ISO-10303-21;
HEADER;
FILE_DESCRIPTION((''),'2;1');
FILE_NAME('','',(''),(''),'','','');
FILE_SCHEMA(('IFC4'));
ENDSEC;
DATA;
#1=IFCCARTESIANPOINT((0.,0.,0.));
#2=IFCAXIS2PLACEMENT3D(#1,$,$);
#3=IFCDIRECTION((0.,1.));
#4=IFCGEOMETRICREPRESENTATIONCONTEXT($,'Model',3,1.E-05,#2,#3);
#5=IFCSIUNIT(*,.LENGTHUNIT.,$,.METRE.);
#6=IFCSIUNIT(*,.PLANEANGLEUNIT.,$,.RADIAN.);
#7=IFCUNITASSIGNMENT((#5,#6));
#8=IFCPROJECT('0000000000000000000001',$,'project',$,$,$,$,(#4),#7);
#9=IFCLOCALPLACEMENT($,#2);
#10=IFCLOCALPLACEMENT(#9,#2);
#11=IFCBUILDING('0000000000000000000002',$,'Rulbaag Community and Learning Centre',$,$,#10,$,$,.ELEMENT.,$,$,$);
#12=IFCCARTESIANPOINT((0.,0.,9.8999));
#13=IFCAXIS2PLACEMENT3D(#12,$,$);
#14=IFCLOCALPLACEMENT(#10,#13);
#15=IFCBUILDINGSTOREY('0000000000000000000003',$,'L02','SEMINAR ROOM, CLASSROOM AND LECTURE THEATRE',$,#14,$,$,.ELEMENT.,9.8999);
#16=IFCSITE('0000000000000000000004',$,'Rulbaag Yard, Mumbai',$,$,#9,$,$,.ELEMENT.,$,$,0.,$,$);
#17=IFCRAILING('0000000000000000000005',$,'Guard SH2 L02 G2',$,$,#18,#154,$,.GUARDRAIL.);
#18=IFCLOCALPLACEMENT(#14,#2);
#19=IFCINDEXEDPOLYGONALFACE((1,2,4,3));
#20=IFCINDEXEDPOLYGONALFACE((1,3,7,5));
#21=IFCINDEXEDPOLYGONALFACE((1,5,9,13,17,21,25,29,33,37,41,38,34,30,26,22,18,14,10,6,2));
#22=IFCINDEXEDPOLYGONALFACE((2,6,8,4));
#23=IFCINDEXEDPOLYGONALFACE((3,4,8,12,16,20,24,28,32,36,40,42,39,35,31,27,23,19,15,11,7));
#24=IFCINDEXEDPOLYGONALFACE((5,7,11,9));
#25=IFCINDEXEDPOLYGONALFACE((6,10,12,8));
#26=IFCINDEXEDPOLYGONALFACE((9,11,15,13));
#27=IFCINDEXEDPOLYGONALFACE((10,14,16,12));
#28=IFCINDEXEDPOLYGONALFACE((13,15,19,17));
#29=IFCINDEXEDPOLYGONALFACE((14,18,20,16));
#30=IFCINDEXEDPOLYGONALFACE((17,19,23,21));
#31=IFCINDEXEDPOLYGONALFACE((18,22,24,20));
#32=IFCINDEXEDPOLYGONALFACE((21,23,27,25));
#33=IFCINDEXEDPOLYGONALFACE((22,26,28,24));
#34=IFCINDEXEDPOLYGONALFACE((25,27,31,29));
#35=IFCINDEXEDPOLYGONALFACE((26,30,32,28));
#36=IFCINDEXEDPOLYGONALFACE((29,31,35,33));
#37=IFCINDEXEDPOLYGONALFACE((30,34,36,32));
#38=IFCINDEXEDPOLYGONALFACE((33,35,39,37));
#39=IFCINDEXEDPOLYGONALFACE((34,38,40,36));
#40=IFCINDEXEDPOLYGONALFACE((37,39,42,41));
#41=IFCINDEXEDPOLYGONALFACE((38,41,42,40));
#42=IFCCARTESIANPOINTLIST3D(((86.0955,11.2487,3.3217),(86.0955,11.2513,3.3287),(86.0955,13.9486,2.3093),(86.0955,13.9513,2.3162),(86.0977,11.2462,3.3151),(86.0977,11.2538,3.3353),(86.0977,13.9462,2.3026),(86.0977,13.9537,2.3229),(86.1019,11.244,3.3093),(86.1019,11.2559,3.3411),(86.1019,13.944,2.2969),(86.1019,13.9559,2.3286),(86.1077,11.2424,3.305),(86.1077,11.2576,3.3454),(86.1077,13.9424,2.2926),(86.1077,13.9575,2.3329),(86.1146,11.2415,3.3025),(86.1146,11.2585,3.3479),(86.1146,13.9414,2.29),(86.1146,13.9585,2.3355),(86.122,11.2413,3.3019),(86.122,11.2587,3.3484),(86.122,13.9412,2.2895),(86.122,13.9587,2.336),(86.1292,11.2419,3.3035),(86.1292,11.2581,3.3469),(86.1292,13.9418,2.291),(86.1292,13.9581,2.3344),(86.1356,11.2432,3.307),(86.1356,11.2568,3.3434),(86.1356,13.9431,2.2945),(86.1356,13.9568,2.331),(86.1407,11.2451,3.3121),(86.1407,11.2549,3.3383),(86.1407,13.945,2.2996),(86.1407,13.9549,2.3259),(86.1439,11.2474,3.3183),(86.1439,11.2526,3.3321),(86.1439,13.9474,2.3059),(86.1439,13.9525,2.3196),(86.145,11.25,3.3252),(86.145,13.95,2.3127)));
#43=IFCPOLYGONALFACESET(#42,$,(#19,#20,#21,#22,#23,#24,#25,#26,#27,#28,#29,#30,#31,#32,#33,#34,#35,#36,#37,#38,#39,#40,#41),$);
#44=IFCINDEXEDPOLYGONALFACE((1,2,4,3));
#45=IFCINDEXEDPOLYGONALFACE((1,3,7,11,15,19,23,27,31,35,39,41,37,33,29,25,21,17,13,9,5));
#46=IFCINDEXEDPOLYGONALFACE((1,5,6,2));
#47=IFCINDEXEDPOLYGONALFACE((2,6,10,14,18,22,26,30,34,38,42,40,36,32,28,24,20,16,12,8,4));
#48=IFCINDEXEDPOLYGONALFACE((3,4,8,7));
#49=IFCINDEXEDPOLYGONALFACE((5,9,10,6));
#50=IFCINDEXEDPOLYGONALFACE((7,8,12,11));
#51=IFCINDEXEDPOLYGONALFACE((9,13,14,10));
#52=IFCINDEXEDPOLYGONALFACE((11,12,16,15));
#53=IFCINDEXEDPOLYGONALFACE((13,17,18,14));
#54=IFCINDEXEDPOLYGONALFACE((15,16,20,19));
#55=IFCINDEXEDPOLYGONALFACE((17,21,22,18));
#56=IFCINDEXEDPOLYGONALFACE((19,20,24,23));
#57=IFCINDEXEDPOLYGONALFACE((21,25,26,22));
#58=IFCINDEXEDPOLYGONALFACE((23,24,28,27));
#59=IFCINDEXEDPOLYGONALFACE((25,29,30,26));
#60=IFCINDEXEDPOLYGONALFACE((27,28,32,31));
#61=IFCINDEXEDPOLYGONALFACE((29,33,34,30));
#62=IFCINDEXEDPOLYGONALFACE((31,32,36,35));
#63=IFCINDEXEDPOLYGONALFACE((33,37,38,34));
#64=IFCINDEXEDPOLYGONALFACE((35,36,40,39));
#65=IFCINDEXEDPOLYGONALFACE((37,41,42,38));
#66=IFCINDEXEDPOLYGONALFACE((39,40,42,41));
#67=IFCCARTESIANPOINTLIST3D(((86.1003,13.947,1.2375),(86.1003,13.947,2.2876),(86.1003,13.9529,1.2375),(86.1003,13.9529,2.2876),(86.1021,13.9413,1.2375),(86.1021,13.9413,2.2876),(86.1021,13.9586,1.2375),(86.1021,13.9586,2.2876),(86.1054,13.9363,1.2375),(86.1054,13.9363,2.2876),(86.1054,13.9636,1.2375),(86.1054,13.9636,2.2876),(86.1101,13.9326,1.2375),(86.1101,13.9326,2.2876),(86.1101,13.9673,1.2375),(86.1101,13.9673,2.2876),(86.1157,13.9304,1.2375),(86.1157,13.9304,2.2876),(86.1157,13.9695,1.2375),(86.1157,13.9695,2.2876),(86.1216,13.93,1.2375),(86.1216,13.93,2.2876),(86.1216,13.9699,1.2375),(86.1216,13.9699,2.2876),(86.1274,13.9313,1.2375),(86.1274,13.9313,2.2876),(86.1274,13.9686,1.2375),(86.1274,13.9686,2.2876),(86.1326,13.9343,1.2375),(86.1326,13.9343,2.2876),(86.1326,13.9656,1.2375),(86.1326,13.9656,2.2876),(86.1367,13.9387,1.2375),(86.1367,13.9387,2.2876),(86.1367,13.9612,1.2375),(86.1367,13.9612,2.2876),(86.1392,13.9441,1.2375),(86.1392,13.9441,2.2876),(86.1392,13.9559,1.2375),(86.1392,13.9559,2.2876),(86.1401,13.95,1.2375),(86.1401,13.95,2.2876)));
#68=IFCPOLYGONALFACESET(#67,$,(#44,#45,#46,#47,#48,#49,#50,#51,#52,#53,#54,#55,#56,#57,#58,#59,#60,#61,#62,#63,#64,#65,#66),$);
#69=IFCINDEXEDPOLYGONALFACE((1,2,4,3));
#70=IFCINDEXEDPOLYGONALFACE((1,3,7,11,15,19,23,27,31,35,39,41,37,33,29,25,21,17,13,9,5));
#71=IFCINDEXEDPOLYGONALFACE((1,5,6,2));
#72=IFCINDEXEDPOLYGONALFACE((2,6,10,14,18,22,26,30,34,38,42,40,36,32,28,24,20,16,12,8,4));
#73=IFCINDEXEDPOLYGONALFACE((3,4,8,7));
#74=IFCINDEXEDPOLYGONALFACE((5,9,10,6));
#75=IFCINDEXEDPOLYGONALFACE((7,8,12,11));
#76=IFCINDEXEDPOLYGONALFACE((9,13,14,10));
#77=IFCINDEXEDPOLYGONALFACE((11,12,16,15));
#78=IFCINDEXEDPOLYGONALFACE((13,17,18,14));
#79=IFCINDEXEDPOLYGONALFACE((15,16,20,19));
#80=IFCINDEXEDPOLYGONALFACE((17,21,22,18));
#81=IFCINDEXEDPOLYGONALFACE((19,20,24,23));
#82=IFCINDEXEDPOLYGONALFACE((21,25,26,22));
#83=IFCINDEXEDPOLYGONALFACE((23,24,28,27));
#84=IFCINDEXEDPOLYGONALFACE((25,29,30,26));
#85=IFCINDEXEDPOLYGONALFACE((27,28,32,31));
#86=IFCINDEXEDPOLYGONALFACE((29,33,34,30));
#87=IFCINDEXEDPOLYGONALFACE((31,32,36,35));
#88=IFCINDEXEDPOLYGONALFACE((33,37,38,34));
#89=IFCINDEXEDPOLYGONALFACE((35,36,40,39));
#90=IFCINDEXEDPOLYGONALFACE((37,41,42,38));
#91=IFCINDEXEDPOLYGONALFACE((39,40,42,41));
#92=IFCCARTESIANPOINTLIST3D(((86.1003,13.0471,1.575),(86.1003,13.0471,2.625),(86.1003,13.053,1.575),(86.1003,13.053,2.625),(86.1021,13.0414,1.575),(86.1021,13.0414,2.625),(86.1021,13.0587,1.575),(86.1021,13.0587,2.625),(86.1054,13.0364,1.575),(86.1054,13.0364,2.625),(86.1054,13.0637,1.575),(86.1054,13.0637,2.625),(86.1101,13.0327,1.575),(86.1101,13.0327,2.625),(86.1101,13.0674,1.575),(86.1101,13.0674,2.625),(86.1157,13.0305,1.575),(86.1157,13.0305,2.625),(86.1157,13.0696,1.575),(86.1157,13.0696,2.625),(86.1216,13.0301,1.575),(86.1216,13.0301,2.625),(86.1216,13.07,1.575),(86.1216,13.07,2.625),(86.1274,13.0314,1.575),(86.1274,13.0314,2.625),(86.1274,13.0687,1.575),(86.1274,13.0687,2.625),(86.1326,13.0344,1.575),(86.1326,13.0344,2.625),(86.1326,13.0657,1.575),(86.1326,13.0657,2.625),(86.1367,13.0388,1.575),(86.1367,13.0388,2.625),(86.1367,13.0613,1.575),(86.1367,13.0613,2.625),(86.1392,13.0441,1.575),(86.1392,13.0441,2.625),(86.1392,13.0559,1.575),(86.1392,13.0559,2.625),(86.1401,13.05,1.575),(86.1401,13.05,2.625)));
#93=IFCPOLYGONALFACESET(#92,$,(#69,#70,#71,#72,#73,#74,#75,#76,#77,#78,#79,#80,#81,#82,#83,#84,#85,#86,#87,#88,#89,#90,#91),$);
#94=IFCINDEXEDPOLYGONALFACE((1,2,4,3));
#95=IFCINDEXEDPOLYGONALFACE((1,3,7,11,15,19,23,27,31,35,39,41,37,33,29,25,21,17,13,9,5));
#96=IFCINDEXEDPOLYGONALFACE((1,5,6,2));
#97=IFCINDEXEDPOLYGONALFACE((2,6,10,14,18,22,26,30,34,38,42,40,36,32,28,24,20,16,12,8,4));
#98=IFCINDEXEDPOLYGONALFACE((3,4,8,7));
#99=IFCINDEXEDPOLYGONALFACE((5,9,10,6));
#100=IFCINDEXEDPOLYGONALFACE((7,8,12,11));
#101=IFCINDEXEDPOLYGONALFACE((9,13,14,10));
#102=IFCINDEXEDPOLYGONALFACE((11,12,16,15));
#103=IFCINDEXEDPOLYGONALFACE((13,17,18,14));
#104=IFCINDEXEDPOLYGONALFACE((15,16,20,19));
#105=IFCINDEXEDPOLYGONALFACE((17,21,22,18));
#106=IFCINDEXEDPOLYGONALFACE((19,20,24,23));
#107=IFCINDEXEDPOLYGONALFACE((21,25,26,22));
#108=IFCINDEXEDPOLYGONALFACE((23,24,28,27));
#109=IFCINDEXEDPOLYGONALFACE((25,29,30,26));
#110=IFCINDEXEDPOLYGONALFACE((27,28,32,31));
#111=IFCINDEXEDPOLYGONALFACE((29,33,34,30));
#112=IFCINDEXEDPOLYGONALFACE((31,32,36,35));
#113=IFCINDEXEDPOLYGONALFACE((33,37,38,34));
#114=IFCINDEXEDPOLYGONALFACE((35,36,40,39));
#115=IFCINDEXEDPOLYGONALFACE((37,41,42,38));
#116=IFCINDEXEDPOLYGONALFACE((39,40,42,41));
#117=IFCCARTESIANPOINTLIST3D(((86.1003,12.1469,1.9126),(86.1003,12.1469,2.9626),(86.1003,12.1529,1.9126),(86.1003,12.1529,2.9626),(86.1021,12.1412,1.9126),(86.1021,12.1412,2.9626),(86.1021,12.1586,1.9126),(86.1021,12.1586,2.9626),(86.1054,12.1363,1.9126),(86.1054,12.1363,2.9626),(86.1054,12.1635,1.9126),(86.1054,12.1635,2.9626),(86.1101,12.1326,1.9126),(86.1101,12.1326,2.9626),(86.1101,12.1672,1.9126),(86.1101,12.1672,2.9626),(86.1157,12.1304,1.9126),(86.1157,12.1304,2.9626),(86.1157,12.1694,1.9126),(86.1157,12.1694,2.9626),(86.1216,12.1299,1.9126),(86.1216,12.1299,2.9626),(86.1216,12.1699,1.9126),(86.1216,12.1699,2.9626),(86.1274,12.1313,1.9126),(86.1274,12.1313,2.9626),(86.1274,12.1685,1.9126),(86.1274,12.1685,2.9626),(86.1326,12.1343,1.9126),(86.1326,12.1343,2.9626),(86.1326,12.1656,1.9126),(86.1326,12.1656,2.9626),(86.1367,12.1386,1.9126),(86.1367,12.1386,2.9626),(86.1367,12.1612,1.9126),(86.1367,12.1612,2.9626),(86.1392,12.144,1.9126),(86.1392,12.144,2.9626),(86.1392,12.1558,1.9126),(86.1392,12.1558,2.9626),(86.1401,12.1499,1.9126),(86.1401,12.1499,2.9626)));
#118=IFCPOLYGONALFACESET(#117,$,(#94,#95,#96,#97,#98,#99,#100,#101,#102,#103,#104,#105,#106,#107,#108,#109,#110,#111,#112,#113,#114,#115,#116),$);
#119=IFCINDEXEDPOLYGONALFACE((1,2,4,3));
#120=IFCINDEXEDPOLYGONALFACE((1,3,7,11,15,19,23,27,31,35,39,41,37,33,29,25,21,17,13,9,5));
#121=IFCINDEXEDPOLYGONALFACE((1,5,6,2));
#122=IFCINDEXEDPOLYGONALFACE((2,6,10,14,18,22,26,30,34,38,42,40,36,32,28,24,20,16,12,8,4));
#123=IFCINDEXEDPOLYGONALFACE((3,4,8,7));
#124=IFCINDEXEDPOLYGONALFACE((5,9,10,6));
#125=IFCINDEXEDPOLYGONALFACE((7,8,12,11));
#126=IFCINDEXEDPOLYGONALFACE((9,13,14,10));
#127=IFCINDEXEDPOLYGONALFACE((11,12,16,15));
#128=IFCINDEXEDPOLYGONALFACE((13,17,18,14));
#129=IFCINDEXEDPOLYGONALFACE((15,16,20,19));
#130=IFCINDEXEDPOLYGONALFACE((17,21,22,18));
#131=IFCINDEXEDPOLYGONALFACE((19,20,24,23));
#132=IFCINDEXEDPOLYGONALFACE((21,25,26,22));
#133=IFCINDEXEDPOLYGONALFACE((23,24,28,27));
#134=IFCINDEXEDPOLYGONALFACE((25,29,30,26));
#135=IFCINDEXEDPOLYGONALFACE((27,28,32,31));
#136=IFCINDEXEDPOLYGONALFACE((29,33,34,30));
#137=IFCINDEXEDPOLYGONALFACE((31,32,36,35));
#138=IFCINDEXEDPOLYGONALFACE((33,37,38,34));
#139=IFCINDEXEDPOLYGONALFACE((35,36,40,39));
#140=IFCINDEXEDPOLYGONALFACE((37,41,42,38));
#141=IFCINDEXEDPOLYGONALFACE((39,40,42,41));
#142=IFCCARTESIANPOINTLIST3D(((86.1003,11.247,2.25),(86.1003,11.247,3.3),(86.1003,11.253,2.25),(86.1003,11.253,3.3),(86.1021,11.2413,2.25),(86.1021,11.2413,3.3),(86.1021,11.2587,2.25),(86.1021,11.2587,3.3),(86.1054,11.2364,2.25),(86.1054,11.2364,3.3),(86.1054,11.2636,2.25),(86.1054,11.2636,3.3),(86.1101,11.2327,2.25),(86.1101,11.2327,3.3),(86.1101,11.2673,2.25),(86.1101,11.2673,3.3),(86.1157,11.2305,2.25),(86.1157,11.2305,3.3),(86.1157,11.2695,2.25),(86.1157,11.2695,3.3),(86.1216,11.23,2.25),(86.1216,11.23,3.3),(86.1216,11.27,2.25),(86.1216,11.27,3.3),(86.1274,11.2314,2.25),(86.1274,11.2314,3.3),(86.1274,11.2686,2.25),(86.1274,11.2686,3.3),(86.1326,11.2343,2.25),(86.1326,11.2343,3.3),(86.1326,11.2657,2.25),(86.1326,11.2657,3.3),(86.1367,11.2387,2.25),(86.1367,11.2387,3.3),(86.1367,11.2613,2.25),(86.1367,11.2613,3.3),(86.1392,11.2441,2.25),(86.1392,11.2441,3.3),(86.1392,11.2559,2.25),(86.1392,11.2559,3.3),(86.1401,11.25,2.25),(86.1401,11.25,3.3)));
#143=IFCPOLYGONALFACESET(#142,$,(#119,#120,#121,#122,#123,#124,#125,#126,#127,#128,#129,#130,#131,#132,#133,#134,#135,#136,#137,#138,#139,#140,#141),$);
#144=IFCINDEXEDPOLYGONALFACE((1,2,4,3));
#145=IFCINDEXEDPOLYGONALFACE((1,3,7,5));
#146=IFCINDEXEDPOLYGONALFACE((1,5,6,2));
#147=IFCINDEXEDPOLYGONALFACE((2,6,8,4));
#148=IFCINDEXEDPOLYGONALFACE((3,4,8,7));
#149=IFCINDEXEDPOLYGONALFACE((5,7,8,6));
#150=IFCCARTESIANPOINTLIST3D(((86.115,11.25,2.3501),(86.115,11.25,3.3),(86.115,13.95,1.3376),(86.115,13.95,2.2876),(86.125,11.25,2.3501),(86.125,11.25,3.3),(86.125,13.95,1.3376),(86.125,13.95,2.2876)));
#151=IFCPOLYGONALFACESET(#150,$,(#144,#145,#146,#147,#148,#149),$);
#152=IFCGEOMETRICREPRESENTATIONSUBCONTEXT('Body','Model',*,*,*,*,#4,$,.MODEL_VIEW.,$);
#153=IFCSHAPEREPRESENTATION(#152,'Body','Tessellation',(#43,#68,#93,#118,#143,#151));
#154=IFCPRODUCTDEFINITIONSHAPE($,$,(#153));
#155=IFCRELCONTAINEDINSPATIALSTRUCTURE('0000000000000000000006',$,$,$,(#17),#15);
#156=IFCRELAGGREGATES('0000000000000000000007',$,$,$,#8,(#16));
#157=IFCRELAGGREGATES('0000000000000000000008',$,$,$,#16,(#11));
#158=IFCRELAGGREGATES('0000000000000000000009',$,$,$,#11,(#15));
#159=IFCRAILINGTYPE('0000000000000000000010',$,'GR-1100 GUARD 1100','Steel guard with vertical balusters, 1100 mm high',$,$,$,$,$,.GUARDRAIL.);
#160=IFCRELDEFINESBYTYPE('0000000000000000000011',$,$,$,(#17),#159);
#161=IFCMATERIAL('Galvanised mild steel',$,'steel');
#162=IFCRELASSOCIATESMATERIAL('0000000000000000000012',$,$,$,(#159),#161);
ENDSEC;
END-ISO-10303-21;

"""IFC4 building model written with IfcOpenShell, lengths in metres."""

from ifc_helpers import new_model, si_unit, direction, frame, origin, origin_2d, place, context, subcontext, project, spatial, polyline, circle, outline, extrude, material, type_object, element, save


model = new_model("IFC4")

# Units and contexts
model_context = context("Model", 3, precision=1e-05, world=origin(), true_north=direction((0.0, 1.0)))
body_context = subcontext(model_context, "Body", "Model", "MODEL_VIEW")
ifc_project = project(units=[si_unit("LENGTHUNIT", "METRE"), si_unit("PLANEANGLEUNIT", "RADIAN")], contexts=[model_context])

# Site, building, storey
site_placement = place(None, origin())
site = spatial("IfcSite", under=ifc_project, at=site_placement, Name="Rulbaag Yard, Mumbai", CompositionType="ELEMENT", RefElevation=0.0)
building_placement = place(site_placement, origin())
building = spatial("IfcBuilding", under=site, at=building_placement, Name="Rulbaag Community and Learning Centre", CompositionType="ELEMENT")
storey_placement = place(building_placement, frame((0.0, 0.0, 9.8999)))
storey = spatial("IfcBuildingStorey", under=building, at=storey_placement, Name="L02", Description="SEMINAR ROOM, CLASSROOM AND LECTURE THEATRE", CompositionType="ELEMENT", Elevation=9.8999)

# Railing
ifc_material_1 = material(Name="Galvanised mild steel", Category="steel")
railing_type_1 = type_object("IfcRailingType", Name="GR-1100 GUARD 1100", Description="Steel guard with vertical balusters, 1100 mm high", PredefinedType="GUARDRAIL", material=ifc_material_1)
railing_1_placement = place(storey_placement, frame((86.1201, 13.95, 1.2375)))
element("IfcRailing", 1, at=railing_1_placement, inside=storey, type_object=railing_type_1, Name="Guard SH2 L02 G2", PredefinedType="GUARDRAIL", context=body_context, shape_type="SweptSolid", body=[
    extrude(circle(Radius=0.0249, at=origin_2d()), frame((0.0, 0.0, 1.0752), z_axis=(0.0, -0.936333, 0.351114), x_axis=(1.0, 0.0, 0.0)), (0.0, 0.0, 1.0), 2.8835),
    extrude(circle(Radius=0.02, at=origin_2d()), origin(), (0.0, 0.0, 1.0), 1.05),
    extrude(circle(Radius=0.02, at=origin_2d()), frame((0.0, -0.8999, 0.3374)), (0.0, 0.0, 1.0), 1.05),
    extrude(circle(Radius=0.02, at=origin_2d()), frame((0.0, -1.8, 0.675)), (0.0, 0.0, 1.0), 1.05),
    extrude(circle(Radius=0.02, at=origin_2d()), frame((0.0, -2.7, 1.0125)), (0.0, 0.0, 1.0), 1.05),
    extrude(outline(polyline([(0.0, 0.0), (2.7, 1.0125), (2.7, 1.9624), (0.0, 0.95), (0.0, 0.0)])), frame((0.0049, 0.0, 0.1001), z_axis=(-1.0, 0.0, 0.0), x_axis=(0.0, -1.0, 0.0)), (0.0, 0.0, 1.0), 0.01),
])

save(model, "model.ifc")
